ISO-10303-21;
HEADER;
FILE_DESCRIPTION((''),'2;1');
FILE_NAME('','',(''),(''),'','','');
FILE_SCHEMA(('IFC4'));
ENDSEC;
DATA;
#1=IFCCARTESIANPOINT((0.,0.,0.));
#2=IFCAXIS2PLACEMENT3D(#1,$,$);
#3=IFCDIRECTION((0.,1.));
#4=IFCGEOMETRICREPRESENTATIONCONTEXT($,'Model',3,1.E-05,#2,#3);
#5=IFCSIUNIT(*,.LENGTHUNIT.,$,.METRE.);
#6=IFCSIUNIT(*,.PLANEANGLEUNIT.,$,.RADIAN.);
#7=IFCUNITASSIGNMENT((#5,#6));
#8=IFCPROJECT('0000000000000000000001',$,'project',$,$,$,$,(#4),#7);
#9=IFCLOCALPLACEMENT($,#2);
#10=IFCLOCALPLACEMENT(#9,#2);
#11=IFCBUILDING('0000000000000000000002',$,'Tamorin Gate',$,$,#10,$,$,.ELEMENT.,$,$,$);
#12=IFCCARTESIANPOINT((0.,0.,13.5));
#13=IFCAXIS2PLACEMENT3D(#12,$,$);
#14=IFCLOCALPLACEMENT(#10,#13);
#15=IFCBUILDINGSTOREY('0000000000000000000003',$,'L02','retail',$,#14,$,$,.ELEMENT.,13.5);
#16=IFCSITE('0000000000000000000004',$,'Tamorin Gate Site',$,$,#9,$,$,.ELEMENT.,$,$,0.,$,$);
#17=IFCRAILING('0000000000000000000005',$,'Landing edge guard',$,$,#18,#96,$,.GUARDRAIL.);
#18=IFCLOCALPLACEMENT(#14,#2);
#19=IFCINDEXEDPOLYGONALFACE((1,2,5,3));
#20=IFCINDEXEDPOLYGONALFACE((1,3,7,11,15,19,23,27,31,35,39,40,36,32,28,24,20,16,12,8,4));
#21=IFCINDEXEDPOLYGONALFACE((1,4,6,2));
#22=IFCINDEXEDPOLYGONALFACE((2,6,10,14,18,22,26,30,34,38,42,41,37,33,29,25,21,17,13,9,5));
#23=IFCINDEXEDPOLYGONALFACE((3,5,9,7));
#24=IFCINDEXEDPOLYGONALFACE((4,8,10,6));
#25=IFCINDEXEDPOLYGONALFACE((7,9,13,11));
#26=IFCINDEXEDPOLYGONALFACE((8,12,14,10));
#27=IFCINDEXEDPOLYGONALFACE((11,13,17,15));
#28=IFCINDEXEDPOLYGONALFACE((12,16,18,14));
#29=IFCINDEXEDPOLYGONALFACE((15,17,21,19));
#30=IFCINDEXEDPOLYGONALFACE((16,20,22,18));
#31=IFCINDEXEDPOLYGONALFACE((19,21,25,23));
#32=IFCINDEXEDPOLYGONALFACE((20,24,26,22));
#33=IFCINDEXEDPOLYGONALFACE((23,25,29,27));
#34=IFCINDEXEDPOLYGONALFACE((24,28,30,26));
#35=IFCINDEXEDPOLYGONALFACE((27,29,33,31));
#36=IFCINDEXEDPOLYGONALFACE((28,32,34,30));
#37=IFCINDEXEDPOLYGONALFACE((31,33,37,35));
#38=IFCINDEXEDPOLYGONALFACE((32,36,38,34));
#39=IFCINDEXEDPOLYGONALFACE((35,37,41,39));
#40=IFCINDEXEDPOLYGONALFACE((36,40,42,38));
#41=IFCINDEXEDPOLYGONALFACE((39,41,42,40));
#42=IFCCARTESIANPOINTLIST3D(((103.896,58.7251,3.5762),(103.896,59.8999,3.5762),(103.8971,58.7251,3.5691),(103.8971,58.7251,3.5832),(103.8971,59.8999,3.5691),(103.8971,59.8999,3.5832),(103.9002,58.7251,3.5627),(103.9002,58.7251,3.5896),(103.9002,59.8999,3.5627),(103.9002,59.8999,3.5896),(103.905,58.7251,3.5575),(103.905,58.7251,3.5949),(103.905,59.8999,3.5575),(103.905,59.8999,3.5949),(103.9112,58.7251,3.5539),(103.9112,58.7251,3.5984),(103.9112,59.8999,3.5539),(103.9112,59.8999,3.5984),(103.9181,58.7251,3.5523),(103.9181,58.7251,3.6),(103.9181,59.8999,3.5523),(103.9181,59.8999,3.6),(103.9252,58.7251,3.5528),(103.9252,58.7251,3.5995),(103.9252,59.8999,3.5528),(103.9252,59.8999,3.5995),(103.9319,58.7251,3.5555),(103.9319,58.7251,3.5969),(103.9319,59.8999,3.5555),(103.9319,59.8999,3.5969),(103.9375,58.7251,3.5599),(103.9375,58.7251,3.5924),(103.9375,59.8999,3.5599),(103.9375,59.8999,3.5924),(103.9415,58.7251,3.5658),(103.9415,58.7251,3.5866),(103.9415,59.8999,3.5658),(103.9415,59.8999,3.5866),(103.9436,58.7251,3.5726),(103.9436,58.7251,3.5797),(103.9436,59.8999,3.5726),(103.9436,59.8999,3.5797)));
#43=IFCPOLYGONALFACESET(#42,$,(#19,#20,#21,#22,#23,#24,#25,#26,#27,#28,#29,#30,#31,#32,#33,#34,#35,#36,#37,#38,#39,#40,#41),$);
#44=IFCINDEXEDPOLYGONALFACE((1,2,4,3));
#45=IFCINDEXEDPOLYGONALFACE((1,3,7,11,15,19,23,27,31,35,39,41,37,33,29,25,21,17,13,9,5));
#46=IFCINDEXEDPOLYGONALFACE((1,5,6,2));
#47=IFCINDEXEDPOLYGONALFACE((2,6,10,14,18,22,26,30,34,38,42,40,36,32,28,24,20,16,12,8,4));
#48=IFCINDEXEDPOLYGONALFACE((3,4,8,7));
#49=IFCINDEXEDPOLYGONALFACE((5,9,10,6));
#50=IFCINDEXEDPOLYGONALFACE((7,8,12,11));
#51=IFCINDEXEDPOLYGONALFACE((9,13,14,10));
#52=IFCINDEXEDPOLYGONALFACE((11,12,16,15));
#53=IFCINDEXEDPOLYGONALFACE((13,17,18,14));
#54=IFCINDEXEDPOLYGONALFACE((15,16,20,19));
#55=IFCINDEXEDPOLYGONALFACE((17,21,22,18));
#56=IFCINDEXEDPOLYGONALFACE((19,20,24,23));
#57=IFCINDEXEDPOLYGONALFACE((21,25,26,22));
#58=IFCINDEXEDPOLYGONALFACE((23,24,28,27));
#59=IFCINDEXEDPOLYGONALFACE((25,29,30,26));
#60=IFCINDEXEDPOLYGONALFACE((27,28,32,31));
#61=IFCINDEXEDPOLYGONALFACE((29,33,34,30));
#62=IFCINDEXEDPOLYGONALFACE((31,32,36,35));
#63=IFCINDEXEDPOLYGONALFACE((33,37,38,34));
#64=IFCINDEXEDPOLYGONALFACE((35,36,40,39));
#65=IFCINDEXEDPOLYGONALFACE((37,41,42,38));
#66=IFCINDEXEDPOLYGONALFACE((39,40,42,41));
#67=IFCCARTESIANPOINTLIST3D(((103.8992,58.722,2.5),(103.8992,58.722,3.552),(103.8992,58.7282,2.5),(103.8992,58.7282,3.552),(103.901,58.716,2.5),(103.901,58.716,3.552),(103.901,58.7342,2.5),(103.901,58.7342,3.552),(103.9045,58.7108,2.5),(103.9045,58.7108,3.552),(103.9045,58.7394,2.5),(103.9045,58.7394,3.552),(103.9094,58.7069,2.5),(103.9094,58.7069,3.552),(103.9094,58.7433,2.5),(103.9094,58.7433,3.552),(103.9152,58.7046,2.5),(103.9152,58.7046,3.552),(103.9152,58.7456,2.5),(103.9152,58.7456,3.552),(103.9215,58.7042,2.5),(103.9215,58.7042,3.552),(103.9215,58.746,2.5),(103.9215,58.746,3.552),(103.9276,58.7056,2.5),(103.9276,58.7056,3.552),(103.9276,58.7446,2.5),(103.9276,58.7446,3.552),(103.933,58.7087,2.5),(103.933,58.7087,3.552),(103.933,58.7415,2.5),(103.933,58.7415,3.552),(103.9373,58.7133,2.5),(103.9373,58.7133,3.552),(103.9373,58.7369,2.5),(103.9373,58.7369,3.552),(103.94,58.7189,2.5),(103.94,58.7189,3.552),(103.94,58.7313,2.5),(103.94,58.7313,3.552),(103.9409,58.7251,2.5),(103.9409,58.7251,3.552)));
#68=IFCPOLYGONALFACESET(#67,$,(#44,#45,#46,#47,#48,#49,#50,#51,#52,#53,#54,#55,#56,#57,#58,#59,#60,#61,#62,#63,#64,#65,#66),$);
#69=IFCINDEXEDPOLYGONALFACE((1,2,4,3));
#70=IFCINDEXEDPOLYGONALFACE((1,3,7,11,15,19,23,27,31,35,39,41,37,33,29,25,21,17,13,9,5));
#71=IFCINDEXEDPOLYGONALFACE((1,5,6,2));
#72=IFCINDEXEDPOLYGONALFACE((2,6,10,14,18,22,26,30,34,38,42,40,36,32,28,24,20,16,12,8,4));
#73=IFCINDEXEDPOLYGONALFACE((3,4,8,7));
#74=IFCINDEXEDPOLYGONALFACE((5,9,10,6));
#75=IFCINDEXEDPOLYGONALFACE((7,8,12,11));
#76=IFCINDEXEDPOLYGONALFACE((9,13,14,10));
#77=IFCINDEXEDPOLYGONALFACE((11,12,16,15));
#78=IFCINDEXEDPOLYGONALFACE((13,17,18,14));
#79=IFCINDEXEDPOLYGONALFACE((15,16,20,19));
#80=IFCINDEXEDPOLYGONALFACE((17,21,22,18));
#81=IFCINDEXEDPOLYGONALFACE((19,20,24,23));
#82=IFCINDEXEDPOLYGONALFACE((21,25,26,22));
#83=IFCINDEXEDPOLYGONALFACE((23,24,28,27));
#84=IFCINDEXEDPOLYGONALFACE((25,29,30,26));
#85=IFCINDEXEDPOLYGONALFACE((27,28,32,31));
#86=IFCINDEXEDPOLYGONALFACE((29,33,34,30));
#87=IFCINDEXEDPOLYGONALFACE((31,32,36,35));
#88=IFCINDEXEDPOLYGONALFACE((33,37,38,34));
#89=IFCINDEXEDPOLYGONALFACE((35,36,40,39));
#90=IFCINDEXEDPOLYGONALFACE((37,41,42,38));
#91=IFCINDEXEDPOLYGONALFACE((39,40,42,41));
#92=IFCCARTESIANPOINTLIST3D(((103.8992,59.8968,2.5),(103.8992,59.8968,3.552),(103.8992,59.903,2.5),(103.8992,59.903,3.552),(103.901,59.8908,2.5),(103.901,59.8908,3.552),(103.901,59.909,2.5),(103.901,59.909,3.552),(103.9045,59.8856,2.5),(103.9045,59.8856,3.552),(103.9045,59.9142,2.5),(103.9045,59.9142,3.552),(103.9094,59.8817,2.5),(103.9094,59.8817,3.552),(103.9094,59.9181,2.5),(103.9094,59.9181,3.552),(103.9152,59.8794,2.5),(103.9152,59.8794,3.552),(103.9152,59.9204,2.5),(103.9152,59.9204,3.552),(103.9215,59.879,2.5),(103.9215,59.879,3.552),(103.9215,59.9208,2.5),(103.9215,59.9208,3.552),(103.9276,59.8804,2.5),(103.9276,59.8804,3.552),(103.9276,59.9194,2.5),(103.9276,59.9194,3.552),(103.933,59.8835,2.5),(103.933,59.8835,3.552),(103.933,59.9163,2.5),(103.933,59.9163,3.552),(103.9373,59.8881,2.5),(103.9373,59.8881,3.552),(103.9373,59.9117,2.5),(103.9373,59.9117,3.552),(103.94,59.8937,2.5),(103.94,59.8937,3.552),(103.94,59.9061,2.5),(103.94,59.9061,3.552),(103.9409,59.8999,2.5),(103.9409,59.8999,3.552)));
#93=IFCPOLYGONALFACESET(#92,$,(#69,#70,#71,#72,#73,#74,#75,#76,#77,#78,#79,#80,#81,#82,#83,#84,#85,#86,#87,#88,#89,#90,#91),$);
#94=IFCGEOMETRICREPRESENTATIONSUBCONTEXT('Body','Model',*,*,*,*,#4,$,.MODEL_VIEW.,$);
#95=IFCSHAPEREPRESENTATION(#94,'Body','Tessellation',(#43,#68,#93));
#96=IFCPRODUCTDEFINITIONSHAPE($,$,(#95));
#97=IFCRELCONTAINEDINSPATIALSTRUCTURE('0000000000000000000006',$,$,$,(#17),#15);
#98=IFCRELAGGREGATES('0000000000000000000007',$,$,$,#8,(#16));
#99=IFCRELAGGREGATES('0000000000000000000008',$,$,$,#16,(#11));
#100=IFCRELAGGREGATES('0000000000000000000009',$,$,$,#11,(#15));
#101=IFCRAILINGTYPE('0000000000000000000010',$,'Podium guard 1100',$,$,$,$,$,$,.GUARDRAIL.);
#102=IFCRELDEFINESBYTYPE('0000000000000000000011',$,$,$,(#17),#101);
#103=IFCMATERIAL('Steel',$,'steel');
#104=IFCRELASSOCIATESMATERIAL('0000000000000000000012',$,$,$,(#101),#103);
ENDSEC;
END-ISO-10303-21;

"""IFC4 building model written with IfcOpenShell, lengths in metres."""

from ifc_helpers import new_model, si_unit, direction, frame, origin, origin_2d, place, context, subcontext, project, spatial, circle, extrude, material, type_object, element, save


model = new_model("IFC4")

# Units and contexts
model_context = context("Model", 3, precision=1e-05, world=origin(), true_north=direction((0.0, 1.0)))
body_context = subcontext(model_context, "Body", "Model", "MODEL_VIEW")
ifc_project = project(units=[si_unit("LENGTHUNIT", "METRE"), si_unit("PLANEANGLEUNIT", "RADIAN")], contexts=[model_context])

# Site, building, storey
site_placement = place(None, origin())
site = spatial("IfcSite", under=ifc_project, at=site_placement, Name="Tamorin Gate Site", CompositionType="ELEMENT", RefElevation=0.0)
building_placement = place(site_placement, origin())
building = spatial("IfcBuilding", under=site, at=building_placement, Name="Tamorin Gate", CompositionType="ELEMENT")
storey_placement = place(building_placement, frame((0.0, 0.0, 13.5)))
storey = spatial("IfcBuildingStorey", under=building, at=storey_placement, Name="L02", Description="retail", CompositionType="ELEMENT", Elevation=13.5)

# Railing
ifc_material_1 = material(Name="Steel", Category="steel")
railing_type_1 = type_object("IfcRailingType", Name="Podium guard 1100", PredefinedType="GUARDRAIL", material=ifc_material_1)
railing_1_placement = place(storey_placement, frame((103.9199, 58.7251, 2.5)))
element("IfcRailing", 1, at=railing_1_placement, inside=storey, type_object=railing_type_1, Name="Landing edge guard", PredefinedType="GUARDRAIL", context=body_context, shape_type="SweptSolid", body=[
    extrude(circle(Radius=0.0239, at=origin_2d()), frame((0.0, 0.0, 1.0762), z_axis=(0.0, 1.0, 0.0), x_axis=(-1.0, 0.0, 0.0)), (0.0, 0.0, 1.0), 1.1748),
    extrude(circle(Radius=0.021, at=origin_2d()), origin(), (0.0, 0.0, 1.0), 1.052),
    extrude(circle(Radius=0.021, at=origin_2d()), frame((0.0, 1.1748, 0.0)), (0.0, 0.0, 1.0), 1.052),
])

save(model, "model.ifc")
